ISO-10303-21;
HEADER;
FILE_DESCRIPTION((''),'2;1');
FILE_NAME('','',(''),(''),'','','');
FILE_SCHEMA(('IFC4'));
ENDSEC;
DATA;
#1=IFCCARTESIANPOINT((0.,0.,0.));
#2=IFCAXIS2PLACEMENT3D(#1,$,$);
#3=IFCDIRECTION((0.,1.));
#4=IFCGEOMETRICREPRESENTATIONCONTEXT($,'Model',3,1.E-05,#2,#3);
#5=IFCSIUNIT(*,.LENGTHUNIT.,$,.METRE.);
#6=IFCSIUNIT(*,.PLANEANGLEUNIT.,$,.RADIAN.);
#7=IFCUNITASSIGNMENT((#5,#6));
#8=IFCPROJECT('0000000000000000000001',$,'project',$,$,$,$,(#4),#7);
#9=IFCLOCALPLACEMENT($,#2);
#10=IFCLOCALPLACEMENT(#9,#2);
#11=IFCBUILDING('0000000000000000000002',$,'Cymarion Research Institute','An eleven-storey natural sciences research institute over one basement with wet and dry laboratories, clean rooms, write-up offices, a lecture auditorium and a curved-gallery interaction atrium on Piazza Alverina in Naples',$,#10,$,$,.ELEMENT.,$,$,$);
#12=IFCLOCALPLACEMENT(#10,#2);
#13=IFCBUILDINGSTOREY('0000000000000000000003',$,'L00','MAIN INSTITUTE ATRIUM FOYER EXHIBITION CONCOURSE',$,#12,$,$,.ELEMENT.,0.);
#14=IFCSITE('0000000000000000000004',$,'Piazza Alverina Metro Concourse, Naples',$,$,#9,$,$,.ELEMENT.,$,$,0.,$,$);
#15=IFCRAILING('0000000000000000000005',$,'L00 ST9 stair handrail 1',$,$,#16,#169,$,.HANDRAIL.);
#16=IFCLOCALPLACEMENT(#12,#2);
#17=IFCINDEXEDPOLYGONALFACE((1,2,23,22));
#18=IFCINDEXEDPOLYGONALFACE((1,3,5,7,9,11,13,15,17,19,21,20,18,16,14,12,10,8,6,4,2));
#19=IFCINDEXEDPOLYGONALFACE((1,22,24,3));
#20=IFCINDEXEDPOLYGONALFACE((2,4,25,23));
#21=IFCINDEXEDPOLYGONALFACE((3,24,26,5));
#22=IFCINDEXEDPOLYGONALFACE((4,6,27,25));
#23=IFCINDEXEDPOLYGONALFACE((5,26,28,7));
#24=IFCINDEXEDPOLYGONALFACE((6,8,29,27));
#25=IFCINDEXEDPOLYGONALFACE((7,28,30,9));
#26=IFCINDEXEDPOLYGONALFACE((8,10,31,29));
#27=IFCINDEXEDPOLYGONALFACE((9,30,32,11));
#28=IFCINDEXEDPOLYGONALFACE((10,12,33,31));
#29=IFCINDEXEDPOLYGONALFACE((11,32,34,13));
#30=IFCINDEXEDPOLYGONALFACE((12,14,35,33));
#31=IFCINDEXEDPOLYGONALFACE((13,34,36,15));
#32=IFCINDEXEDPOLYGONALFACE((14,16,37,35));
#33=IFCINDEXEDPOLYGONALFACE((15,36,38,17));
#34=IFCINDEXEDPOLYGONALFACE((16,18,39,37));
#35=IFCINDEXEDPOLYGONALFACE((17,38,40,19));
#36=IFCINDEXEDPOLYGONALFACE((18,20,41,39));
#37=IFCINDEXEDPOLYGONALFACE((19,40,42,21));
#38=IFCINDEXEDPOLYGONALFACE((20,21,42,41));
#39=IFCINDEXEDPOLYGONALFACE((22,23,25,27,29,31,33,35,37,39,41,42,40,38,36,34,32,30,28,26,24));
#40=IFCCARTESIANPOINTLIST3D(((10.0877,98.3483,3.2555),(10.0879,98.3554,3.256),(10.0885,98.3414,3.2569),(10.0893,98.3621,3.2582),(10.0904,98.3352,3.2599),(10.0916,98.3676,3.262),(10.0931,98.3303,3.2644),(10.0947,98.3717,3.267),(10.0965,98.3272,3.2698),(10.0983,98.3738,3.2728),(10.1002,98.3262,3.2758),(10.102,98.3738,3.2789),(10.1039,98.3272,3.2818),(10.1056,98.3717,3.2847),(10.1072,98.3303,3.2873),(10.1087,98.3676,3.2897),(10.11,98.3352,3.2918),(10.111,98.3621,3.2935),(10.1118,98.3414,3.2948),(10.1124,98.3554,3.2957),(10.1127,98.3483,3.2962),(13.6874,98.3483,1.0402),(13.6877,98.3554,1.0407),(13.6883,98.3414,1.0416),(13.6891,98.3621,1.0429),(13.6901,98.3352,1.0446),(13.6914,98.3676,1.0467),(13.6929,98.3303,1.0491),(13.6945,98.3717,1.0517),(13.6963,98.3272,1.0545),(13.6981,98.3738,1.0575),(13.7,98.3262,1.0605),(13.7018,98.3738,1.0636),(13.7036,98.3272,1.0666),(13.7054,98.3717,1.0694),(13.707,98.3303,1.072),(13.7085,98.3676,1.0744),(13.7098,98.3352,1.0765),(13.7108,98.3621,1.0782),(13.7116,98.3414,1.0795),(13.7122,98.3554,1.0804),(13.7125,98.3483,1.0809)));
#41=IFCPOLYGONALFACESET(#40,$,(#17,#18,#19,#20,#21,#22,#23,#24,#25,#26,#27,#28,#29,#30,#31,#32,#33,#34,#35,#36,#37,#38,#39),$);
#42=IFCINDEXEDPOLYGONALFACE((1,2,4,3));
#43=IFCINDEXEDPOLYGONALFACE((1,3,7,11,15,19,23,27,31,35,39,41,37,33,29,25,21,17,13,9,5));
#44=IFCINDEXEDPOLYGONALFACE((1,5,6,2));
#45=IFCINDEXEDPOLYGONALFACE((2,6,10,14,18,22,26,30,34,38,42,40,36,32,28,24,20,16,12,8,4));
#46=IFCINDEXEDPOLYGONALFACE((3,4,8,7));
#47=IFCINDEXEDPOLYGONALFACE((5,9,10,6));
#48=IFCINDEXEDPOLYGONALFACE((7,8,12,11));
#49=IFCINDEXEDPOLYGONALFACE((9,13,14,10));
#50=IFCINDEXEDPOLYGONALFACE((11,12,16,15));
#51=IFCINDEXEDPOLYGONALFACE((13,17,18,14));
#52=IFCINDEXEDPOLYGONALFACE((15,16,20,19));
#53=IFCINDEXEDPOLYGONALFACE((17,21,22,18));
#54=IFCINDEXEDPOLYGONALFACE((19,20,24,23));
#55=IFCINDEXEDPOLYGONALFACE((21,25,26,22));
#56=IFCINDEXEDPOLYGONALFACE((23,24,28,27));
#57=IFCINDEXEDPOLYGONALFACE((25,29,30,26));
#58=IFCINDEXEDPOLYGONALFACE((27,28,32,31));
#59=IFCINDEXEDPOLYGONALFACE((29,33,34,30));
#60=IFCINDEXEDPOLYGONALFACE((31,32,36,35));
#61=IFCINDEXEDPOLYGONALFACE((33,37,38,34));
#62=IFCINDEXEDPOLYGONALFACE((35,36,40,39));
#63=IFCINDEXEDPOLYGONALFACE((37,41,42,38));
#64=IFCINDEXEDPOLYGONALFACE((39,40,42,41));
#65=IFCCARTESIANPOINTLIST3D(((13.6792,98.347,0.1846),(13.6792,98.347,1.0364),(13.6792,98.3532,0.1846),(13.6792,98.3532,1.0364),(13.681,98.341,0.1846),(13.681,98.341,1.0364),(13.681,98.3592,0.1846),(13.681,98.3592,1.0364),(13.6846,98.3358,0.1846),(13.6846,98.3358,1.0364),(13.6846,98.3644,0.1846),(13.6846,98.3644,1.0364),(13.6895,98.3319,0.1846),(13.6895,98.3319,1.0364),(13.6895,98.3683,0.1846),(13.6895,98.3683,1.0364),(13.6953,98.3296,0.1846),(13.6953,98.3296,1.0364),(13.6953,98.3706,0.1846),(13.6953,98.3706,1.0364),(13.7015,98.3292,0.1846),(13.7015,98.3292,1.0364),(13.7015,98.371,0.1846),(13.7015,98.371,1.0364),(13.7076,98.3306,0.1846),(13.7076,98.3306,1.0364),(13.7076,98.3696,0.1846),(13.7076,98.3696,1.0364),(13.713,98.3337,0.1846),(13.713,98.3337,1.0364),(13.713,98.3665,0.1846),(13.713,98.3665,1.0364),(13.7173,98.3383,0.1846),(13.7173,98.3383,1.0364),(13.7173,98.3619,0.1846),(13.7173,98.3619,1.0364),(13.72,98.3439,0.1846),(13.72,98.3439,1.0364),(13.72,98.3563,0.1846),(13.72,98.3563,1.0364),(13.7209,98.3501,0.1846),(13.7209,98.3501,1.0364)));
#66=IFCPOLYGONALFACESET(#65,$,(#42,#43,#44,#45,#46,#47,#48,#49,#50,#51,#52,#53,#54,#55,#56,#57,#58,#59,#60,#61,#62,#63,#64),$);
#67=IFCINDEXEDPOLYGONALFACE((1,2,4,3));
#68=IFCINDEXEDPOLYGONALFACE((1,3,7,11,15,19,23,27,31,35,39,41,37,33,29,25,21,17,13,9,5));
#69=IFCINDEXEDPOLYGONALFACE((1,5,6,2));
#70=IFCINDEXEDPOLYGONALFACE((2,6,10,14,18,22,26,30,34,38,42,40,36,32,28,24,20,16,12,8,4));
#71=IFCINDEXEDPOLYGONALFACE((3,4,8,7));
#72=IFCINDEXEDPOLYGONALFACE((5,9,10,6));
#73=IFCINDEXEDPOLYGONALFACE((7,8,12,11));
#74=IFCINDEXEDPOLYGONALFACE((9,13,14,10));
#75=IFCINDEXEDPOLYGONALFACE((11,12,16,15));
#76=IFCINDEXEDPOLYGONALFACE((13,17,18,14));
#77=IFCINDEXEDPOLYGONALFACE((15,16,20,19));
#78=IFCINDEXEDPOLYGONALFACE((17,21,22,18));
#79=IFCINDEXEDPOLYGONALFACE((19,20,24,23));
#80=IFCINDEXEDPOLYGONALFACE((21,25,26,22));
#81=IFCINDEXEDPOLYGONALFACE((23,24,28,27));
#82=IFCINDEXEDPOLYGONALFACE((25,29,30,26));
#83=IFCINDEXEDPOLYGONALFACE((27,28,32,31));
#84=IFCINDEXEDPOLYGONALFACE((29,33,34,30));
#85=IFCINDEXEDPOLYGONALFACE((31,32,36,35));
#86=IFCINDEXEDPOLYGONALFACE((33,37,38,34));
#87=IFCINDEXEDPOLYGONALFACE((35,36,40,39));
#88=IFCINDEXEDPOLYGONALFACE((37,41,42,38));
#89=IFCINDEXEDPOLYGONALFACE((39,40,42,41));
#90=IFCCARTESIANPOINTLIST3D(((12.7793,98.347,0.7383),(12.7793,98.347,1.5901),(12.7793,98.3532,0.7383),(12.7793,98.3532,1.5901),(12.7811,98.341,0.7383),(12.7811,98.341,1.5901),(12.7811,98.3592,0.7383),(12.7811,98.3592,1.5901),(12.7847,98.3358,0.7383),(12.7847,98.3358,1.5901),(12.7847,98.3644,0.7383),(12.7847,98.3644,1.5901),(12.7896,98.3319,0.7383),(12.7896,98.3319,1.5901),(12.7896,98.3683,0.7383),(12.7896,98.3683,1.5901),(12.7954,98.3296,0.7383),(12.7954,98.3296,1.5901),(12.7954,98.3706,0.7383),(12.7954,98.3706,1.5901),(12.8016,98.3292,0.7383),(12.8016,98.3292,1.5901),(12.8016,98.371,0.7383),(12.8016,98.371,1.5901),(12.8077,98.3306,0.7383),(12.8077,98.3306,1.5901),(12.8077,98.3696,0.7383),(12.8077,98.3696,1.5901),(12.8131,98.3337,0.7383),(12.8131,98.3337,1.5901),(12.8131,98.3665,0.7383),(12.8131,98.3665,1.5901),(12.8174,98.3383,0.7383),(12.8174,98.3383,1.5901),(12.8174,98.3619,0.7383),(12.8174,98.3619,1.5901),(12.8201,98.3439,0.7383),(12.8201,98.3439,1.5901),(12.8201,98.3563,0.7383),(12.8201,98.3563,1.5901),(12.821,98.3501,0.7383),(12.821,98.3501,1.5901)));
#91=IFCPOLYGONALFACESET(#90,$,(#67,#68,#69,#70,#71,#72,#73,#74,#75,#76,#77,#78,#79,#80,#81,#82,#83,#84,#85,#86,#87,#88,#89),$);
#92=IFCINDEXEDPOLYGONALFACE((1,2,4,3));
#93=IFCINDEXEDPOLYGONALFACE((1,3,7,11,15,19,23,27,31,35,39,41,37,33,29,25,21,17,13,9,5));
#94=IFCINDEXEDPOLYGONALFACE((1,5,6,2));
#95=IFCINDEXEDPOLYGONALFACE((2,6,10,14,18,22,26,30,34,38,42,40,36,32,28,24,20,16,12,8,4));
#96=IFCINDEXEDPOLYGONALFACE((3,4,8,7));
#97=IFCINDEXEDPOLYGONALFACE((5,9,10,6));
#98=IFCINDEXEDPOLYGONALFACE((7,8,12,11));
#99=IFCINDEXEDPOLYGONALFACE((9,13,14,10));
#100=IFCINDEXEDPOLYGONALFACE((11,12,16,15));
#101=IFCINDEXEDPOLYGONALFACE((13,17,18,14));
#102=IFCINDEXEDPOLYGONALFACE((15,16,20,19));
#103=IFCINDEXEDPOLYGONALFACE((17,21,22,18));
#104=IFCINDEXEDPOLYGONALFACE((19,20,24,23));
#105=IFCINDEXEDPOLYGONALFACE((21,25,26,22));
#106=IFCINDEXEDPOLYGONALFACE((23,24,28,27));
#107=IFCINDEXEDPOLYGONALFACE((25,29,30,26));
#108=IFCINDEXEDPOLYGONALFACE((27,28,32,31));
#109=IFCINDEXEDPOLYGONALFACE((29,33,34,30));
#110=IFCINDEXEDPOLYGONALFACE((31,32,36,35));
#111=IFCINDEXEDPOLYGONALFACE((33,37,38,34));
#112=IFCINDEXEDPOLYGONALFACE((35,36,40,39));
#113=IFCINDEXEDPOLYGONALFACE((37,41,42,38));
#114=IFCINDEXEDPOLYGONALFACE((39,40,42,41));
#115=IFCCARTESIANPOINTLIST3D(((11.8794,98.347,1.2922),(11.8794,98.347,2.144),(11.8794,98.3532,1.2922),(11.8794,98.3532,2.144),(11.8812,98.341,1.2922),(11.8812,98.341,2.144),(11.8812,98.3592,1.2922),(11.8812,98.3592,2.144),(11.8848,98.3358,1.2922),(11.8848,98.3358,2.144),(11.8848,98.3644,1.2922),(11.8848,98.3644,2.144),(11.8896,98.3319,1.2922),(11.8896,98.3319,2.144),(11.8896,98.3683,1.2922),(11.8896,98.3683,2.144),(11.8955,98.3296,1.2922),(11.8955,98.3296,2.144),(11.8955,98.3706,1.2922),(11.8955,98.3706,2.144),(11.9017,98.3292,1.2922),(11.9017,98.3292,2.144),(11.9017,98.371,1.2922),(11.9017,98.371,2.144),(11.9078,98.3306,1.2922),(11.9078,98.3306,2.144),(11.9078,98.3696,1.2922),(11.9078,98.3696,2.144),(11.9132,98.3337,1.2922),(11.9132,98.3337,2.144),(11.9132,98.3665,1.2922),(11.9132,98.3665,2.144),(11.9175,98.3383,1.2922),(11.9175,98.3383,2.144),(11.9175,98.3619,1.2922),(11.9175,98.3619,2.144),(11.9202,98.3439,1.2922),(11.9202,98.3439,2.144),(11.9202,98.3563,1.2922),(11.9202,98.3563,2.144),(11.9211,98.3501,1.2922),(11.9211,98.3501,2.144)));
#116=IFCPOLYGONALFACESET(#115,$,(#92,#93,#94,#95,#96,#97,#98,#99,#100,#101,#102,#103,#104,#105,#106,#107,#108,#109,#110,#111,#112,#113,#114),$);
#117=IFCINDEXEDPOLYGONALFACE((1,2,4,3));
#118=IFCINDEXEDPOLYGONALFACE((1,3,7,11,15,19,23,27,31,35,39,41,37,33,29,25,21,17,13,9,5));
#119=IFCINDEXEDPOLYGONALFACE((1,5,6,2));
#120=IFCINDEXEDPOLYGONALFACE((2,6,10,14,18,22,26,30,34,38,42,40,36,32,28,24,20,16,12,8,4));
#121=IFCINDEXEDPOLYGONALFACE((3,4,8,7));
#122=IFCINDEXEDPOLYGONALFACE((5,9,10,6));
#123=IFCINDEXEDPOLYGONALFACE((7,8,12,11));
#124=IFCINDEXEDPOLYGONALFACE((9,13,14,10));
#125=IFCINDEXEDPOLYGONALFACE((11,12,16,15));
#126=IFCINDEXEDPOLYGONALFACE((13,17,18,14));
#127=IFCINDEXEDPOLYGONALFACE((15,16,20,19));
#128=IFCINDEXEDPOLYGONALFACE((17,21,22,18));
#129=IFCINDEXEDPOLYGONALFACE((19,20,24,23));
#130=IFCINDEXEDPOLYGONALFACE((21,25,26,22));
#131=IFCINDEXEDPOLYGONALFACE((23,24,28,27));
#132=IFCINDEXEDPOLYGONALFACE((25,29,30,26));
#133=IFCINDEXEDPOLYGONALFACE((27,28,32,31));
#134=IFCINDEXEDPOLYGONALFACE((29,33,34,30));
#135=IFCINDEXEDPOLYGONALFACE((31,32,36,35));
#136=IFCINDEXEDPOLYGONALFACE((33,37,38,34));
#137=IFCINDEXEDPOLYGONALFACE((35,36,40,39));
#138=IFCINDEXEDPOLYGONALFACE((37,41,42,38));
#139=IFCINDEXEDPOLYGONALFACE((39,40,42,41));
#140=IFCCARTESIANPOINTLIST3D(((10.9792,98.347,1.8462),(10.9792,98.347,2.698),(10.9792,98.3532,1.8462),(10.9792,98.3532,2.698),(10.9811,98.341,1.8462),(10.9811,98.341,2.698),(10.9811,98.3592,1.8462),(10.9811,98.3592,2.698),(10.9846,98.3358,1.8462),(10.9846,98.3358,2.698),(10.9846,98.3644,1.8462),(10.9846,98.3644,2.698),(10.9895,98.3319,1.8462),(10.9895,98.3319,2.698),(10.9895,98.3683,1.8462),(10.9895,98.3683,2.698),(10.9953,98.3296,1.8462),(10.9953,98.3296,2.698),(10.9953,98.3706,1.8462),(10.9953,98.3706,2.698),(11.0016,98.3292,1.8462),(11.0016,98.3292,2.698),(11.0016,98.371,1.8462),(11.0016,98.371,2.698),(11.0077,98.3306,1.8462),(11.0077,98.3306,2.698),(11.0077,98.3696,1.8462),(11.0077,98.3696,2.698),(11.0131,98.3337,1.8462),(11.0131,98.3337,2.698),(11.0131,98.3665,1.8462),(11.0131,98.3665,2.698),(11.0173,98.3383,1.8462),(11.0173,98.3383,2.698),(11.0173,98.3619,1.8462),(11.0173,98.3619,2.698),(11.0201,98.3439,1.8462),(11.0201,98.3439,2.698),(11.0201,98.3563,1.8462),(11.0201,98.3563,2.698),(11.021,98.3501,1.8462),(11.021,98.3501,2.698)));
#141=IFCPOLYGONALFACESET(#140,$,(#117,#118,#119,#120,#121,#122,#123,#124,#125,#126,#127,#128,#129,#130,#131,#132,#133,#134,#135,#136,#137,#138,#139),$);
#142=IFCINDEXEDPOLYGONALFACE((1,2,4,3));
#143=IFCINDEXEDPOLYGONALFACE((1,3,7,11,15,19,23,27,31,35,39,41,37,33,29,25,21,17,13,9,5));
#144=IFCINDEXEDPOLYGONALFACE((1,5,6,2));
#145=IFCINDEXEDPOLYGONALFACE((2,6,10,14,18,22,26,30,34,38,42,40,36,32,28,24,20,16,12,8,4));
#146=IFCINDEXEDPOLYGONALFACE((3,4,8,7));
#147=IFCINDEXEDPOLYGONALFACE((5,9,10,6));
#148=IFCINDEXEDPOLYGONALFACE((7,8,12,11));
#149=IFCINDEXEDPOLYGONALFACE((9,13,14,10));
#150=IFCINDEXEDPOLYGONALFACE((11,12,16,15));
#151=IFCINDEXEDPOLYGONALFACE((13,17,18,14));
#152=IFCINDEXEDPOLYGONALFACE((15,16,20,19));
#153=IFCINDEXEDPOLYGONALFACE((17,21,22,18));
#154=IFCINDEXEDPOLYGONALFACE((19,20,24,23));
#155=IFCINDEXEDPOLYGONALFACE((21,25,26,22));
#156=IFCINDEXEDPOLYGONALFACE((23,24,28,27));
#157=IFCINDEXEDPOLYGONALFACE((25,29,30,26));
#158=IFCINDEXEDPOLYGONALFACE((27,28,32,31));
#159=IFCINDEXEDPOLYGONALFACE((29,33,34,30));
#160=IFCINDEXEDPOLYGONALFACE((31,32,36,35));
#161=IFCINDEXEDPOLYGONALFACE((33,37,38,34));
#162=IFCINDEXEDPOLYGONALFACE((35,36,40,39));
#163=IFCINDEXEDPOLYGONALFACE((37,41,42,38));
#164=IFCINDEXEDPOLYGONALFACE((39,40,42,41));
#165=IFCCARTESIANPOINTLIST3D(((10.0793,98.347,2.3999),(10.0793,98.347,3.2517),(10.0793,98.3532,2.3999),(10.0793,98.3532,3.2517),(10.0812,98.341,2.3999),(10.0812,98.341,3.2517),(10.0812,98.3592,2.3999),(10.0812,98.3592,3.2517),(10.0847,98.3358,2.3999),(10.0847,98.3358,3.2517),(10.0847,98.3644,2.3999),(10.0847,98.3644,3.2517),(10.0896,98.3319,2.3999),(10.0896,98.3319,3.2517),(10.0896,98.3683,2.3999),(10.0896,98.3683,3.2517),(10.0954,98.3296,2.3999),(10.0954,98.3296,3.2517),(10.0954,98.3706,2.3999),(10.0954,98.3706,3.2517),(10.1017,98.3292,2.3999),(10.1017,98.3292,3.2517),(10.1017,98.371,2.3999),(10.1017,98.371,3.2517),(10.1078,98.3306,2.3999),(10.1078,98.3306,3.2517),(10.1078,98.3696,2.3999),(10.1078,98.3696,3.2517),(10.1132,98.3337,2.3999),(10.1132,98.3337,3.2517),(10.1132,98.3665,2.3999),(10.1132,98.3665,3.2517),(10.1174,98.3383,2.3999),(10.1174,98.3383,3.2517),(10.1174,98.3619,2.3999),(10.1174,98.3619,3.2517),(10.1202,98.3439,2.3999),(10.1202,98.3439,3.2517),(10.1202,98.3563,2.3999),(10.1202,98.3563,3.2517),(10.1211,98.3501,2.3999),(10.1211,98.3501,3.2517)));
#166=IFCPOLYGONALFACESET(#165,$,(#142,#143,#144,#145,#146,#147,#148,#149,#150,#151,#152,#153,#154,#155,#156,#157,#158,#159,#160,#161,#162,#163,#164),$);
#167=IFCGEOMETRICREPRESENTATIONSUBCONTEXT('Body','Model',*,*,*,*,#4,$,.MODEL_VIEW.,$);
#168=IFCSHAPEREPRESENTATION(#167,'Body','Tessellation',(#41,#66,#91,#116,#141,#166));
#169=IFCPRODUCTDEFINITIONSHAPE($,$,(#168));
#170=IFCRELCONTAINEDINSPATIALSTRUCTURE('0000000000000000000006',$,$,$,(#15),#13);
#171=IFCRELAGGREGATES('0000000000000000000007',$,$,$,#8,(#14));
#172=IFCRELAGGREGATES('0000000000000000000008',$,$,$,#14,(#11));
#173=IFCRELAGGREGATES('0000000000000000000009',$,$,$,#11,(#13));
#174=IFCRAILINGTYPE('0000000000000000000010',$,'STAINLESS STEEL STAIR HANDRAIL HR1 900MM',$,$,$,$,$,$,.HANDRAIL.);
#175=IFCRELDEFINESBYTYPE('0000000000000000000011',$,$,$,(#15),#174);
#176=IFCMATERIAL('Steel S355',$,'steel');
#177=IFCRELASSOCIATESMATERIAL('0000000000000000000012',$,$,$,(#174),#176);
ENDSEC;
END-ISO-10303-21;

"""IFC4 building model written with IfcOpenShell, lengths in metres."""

from ifc_helpers import new_model, si_unit, direction, frame, origin, origin_2d, place, context, subcontext, project, spatial, circle, extrude, material, type_object, element, save


model = new_model("IFC4")

# Units and contexts
model_context = context("Model", 3, precision=1e-05, world=origin(), true_north=direction((0.0, 1.0)))
body_context = subcontext(model_context, "Body", "Model", "MODEL_VIEW")
ifc_project = project(units=[si_unit("LENGTHUNIT", "METRE"), si_unit("PLANEANGLEUNIT", "RADIAN")], contexts=[model_context])

# Site, building, storey
site_placement = place(None, origin())
site = spatial("IfcSite", under=ifc_project, at=site_placement, Name="Piazza Alverina Metro Concourse, Naples", CompositionType="ELEMENT", RefElevation=0.0)
building_placement = place(site_placement, origin())
building = spatial("IfcBuilding", under=site, at=building_placement, Name="Cymarion Research Institute", Description="An eleven-storey natural sciences research institute over one basement with wet and dry laboratories, clean rooms, write-up offices, a lecture auditorium and a curved-gallery interaction atrium on Piazza Alverina in Naples", CompositionType="ELEMENT")
storey_placement = place(building_placement, origin())
storey = spatial("IfcBuildingStorey", under=building, at=storey_placement, Name="L00", Description="MAIN INSTITUTE ATRIUM FOYER EXHIBITION CONCOURSE", CompositionType="ELEMENT", Elevation=0.0)

# Shared definitions
ifc_material_1 = material(Name="Steel S355", Category="steel")

# Railing
railing_type_1 = type_object("IfcRailingType", Name="STAINLESS STEEL STAIR HANDRAIL HR1 900MM", PredefinedType="HANDRAIL", material=ifc_material_1)
railing_1_placement = place(storey_placement, frame((13.7, 98.3501, 0.1846)))
element("IfcRailing", 1, at=railing_1_placement, inside=storey, type_object=railing_type_1, Name="L00 ST9 stair handrail 1", PredefinedType="HANDRAIL", context=body_context, shape_type="SweptSolid", body=[
    extrude(circle(Radius=0.0239, at=origin_2d()), frame((0.0, 0.0, 0.876), z_axis=(-0.851654, 0.0, 0.524104), x_axis=(0.0, -1.0, 0.0)), (0.0, 0.0, 1.0), 4.2268),
    extrude(circle(Radius=0.021, at=origin_2d()), origin(), (0.0, 0.0, 1.0), 0.8518),
    extrude(circle(Radius=0.021, at=origin_2d()), frame((-0.8999, 0.0, 0.5537)), (0.0, 0.0, 1.0), 0.8518),
    extrude(circle(Radius=0.021, at=origin_2d()), frame((-1.7998, 0.0, 1.1077)), (0.0, 0.0, 1.0), 0.8518),
    extrude(circle(Radius=0.021, at=origin_2d()), frame((-2.7, 0.0, 1.6616)), (0.0, 0.0, 1.0), 0.8518),
    extrude(circle(Radius=0.021, at=origin_2d()), frame((-3.5999, 0.0, 2.2153)), (0.0, 0.0, 1.0), 0.8518),
])

save(model, "model.ifc")
